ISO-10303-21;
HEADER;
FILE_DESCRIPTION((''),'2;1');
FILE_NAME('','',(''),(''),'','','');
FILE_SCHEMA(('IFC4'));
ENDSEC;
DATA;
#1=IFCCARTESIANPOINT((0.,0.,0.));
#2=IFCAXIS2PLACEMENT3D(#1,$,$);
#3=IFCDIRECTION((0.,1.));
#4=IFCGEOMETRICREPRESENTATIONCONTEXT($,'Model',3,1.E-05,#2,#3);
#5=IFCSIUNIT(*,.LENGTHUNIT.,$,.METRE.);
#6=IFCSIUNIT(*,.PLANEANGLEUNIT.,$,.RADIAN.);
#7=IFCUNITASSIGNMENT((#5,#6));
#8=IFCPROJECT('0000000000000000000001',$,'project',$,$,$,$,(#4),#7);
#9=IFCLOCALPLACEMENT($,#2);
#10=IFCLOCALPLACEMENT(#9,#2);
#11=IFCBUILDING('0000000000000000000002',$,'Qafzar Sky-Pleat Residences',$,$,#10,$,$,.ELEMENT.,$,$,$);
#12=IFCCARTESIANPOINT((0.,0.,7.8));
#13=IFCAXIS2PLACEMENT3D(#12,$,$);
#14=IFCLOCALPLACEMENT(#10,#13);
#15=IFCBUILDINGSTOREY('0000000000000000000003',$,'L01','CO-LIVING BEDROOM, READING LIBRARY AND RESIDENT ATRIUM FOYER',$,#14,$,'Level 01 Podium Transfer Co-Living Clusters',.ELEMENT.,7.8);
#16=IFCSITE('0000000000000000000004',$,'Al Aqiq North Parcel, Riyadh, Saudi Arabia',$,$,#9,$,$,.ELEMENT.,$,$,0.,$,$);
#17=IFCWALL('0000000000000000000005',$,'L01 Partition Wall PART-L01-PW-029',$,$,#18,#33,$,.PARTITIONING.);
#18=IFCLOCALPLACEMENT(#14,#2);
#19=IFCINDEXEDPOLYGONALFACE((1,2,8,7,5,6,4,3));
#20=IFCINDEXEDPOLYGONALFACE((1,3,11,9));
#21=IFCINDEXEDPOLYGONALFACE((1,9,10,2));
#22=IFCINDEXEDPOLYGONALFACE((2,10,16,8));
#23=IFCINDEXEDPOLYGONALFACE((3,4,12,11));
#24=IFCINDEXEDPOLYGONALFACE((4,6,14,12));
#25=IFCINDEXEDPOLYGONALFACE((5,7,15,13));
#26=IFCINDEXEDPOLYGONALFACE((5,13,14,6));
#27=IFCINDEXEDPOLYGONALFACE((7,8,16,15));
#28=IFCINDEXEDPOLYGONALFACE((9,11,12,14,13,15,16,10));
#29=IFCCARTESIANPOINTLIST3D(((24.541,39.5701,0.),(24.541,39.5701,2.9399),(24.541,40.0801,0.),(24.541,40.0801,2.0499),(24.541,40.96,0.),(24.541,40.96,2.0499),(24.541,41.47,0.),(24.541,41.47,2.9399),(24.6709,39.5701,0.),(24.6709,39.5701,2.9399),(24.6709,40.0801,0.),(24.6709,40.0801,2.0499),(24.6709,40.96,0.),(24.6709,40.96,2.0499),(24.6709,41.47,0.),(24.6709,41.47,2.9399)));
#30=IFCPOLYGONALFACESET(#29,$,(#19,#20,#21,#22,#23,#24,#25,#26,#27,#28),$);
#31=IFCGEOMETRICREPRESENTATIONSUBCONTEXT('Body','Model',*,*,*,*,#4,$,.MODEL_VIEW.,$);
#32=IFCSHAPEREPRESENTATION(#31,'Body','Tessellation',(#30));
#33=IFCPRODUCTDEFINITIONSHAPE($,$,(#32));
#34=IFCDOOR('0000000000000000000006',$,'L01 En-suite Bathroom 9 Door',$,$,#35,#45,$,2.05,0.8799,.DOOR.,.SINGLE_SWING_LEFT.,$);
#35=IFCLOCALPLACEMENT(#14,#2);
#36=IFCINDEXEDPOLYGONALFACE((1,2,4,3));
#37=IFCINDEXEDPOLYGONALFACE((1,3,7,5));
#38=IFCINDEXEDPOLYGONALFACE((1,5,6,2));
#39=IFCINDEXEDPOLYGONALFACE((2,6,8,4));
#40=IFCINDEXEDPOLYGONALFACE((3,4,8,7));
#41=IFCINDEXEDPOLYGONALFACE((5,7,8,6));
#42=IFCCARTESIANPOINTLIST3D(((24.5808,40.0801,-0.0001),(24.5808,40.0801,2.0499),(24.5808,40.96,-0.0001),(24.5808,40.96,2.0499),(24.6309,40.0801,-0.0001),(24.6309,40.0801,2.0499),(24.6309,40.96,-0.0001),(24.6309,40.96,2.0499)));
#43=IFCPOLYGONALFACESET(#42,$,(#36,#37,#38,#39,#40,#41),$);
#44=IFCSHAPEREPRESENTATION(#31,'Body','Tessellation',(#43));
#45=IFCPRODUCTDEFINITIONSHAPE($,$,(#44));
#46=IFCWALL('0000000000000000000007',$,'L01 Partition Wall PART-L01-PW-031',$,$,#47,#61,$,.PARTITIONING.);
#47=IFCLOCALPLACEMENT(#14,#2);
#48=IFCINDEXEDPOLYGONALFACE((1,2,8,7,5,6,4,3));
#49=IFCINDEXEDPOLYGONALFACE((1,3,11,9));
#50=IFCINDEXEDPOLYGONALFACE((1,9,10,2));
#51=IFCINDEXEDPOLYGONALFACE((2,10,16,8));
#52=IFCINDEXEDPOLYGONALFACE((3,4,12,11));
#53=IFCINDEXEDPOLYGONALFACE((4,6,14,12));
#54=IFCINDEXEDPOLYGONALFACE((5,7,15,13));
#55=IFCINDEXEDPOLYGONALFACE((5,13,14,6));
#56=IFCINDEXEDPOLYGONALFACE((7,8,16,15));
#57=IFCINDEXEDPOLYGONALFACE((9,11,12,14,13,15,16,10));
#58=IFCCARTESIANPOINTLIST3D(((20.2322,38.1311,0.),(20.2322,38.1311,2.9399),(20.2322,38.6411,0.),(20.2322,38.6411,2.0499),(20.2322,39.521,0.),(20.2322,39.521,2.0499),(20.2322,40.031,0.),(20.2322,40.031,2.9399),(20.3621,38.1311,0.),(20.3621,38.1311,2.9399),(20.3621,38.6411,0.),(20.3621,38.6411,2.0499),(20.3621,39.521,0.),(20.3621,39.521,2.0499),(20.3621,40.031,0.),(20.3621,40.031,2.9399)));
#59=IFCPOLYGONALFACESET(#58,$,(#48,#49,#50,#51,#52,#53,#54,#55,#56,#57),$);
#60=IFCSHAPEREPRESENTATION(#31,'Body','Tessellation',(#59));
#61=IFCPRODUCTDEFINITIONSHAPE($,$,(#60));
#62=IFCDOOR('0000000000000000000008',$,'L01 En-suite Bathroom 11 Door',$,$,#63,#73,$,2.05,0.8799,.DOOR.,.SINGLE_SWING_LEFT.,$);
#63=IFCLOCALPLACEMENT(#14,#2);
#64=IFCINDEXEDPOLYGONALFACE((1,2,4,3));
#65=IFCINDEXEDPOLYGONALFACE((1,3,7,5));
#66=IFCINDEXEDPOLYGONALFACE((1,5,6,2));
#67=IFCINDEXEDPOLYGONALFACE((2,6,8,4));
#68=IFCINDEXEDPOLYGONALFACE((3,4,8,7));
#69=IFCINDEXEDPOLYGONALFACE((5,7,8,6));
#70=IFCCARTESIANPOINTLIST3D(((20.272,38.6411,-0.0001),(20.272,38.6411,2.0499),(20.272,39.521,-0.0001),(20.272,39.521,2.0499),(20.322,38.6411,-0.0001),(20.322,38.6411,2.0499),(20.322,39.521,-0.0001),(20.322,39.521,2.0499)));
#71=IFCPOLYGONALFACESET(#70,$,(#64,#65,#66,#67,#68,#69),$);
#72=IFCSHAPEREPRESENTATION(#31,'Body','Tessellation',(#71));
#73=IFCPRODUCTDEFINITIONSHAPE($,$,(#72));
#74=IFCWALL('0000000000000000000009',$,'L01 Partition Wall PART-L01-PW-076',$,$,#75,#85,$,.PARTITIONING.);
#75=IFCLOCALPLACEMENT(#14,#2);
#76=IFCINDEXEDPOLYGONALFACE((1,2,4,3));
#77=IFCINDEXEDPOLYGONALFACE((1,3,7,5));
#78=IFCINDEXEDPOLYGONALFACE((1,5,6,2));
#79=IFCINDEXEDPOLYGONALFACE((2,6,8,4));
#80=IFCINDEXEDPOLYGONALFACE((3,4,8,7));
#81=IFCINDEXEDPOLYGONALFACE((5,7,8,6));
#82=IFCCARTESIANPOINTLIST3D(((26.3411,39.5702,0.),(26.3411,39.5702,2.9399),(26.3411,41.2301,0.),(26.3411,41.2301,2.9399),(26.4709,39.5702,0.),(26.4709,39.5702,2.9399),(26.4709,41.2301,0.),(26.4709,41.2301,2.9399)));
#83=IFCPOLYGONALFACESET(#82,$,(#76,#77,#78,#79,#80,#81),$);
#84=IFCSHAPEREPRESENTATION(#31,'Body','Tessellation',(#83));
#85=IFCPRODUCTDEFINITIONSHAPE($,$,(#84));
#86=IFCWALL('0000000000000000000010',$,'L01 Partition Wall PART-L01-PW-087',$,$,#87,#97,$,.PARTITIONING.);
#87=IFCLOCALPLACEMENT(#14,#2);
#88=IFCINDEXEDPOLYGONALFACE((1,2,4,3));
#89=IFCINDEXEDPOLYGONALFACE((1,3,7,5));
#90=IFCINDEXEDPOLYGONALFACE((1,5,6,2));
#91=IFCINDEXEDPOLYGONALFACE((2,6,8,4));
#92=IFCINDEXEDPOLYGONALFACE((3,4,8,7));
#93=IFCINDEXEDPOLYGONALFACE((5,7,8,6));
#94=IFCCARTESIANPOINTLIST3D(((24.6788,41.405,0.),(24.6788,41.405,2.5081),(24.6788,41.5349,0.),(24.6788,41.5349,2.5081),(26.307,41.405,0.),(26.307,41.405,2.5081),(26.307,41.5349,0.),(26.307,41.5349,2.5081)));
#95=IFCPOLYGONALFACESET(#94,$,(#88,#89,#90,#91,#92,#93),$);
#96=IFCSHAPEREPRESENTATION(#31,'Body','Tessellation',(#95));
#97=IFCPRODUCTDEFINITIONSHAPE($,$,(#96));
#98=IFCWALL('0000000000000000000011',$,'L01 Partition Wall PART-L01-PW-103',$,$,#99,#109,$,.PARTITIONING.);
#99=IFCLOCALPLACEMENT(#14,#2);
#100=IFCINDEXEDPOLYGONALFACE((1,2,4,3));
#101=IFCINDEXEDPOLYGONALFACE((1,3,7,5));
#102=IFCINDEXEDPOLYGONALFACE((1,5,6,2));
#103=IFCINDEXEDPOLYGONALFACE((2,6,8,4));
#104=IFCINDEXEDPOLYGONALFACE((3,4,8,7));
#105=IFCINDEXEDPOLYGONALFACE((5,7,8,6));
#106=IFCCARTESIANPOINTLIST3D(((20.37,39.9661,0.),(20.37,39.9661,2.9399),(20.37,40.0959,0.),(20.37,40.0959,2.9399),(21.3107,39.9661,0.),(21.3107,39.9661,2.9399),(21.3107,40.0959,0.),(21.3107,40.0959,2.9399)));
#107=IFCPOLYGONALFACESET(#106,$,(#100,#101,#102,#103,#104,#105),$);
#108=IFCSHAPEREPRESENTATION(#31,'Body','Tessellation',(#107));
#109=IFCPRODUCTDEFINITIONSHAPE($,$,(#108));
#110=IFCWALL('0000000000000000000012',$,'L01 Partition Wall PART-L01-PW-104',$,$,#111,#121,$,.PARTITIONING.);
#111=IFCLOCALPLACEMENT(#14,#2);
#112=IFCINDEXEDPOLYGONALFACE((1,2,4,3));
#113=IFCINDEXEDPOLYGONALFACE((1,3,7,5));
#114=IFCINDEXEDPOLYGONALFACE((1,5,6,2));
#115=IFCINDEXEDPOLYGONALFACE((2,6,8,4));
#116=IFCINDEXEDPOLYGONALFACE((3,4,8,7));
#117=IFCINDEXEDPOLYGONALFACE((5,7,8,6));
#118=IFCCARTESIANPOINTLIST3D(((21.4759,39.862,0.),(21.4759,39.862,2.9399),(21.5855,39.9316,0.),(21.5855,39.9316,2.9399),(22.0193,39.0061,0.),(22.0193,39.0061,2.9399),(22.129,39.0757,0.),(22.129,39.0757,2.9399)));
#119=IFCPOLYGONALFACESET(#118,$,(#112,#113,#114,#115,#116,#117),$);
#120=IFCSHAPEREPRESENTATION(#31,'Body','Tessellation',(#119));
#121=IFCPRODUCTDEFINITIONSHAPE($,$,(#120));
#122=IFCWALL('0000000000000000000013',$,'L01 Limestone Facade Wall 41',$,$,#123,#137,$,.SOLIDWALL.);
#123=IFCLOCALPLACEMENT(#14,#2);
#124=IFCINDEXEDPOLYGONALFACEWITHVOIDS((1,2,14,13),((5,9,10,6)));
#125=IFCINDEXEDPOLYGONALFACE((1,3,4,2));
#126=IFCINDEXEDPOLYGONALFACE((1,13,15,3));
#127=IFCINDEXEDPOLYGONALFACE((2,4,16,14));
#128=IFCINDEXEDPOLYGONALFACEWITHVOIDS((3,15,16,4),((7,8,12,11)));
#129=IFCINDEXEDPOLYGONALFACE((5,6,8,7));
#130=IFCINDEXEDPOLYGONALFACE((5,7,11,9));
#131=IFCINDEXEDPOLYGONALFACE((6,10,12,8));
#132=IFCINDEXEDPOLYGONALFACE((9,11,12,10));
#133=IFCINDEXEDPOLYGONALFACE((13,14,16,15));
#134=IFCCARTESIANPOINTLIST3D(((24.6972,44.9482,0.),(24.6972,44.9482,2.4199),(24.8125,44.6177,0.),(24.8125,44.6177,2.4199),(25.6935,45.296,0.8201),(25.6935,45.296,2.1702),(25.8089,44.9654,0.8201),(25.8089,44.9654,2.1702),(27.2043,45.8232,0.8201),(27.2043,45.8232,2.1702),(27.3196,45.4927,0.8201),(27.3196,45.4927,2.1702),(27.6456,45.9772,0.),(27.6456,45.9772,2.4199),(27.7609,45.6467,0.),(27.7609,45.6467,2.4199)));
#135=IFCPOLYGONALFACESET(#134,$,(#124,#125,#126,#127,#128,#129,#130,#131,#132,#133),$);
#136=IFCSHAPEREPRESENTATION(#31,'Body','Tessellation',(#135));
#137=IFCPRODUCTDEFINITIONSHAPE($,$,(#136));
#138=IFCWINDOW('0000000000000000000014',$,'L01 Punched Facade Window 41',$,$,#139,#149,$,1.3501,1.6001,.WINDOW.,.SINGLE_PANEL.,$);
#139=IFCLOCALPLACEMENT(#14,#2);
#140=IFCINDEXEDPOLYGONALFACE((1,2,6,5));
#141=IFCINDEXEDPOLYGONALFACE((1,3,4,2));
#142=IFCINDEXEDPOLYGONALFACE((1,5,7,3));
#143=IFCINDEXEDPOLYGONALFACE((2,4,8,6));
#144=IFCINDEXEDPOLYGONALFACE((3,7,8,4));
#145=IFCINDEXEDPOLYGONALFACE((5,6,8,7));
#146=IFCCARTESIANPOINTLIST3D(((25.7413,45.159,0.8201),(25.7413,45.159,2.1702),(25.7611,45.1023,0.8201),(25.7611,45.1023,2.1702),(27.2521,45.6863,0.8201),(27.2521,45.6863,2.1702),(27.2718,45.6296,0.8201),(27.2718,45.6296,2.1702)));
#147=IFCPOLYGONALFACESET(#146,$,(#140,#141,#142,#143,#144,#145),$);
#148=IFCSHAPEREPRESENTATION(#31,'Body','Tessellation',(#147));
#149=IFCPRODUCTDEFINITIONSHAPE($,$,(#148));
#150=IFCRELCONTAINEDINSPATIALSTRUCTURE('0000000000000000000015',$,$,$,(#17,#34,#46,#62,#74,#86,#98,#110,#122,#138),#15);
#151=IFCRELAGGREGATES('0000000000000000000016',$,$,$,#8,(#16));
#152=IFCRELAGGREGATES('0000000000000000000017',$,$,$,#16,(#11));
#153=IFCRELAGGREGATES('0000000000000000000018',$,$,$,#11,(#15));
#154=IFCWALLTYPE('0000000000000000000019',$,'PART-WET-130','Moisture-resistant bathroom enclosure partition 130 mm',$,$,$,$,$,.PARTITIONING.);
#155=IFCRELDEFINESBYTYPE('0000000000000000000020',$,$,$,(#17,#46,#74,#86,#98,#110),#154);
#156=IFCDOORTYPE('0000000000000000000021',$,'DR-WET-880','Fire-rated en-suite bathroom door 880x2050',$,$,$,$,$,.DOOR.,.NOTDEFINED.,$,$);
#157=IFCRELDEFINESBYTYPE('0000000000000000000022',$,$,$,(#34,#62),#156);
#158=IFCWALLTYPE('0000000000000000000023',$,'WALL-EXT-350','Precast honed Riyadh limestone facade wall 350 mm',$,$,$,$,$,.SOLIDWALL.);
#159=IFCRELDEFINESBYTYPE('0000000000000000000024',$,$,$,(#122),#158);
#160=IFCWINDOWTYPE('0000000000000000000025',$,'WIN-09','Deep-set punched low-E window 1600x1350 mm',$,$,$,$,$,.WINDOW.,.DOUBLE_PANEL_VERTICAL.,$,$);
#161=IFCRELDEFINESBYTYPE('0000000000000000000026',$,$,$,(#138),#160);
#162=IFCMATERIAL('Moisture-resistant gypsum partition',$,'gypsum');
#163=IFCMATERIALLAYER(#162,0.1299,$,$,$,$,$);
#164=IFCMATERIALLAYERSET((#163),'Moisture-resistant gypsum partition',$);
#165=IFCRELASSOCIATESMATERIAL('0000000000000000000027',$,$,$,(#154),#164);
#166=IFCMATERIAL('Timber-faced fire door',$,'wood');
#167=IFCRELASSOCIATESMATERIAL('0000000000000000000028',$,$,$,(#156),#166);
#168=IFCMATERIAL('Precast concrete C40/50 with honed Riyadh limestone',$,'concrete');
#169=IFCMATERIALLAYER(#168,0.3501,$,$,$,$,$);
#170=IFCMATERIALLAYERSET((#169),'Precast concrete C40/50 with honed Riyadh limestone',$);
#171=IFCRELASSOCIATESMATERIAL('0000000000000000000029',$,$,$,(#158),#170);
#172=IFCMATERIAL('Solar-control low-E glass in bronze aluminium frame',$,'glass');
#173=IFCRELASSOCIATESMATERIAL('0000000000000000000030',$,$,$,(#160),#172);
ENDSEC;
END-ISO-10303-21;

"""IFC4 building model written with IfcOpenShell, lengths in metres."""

from ifc_helpers import new_model, si_unit, direction, frame, frame_2d, origin, place, context, subcontext, project, spatial, rectangle, extrude, source, transform, mapped, material, layer, layer_set, type_object, element, fill, save


model = new_model("IFC4")

# Units and contexts
model_context = context("Model", 3, precision=1e-05, world=origin(), true_north=direction((0.0, 1.0)))
body_context = subcontext(model_context, "Body", "Model", "MODEL_VIEW")
ifc_project = project(units=[si_unit("LENGTHUNIT", "METRE"), si_unit("PLANEANGLEUNIT", "RADIAN")], contexts=[model_context])

# Site, building, storey
site_placement = place(None, origin())
site = spatial("IfcSite", under=ifc_project, at=site_placement, Name="Al Aqiq North Parcel, Riyadh, Saudi Arabia", CompositionType="ELEMENT", RefElevation=0.0)
building_placement = place(site_placement, origin())
building = spatial("IfcBuilding", under=site, at=building_placement, Name="Qafzar Sky-Pleat Residences", CompositionType="ELEMENT")
storey_placement = place(building_placement, frame((0.0, 0.0, 7.8)))
storey = spatial("IfcBuildingStorey", under=building, at=storey_placement, Name="L01", Description="CO-LIVING BEDROOM, READING LIBRARY AND RESIDENT ATRIUM FOYER", LongName="Level 01 Podium Transfer Co-Living Clusters", CompositionType="ELEMENT", Elevation=7.8)

# Walls, openings, doors
ifc_material_1 = material(Name="Moisture-resistant gypsum partition", Category="gypsum")
ifc_layer_1 = layer(ifc_material_1, 0.1299)
ifc_layer_set_1 = layer_set([ifc_layer_1], Name="Moisture-resistant gypsum partition")
wall_type_1 = type_object("IfcWallType", Name="PART-WET-130", Description="Moisture-resistant bathroom enclosure partition 130 mm", PredefinedType="PARTITIONING", material=ifc_layer_set_1)
wall_1_placement = place(storey_placement, frame((24.606, 41.47, 0.0), z_axis=(0.0, 0.0, 1.0), x_axis=(0.0, -1.0, 0.0)))
wall_1 = element("IfcWall", 1, at=wall_1_placement, inside=storey, type_object=wall_type_1, Name="L01 Partition Wall PART-L01-PW-029", PredefinedType="PARTITIONING", context=body_context, shape_type="SweptSolid", body=[
    extrude(rectangle(XDim=1.8999, YDim=0.1299, at=frame_2d((0.95, 0.0))), origin(), (0.0, 0.0, 1.0), 2.9399),
])
opening_1_placement = place(wall_1_placement, frame((0.51, 0.0, 0.0)))
opening_1 = element("IfcOpeningElement", 2, at=opening_1_placement, cuts=wall_1, PredefinedType="OPENING", context=body_context, shape_type="SweptSolid", body=[
    extrude(rectangle(XDim=0.8799, YDim=2.05, at=frame_2d((0.4399, 1.0249))), frame((0.0, 0.075, 0.0), z_axis=(0.0, -1.0, 0.0), x_axis=(1.0, 0.0, 0.0)), (0.0, 0.0, 1.0), 0.1499),
])
ifc_material_2 = material(Name="Timber-faced fire door", Category="wood")
door_type = type_object("IfcDoorType", Name="DR-WET-880", Description="Fire-rated en-suite bathroom door 880x2050", OperationType="NOTDEFINED", PredefinedType="DOOR", material=ifc_material_2)
shared_shape_1 = source(origin(), body_context, "Body", "SweptSolid", [
    extrude(rectangle(XDim=0.8799, YDim=2.05, at=frame_2d((0.4399, 1.0249))), frame((0.0, 0.0249, 0.0), z_axis=(0.0, -1.0, 0.0), x_axis=(1.0, 0.0, 0.0)), (0.0, 0.0, 1.0), 0.05),
])
door_1_placement = place(opening_1_placement, origin())
door_1 = element("IfcDoor", 3, at=door_1_placement, inside=storey, type_object=door_type, Name="L01 En-suite Bathroom 9 Door", OperationType="SINGLE_SWING_LEFT", OverallHeight=2.05, OverallWidth=0.8799, PredefinedType="DOOR", context=body_context, shape_type="MappedRepresentation", body=[
    mapped(shared_shape_1, transform((0.0, 0.0, 0.0), x_axis=(1.0, 0.0, 0.0), y_axis=(0.0, 1.0, 0.0), z_axis=(0.0, 0.0, 1.0), scale=1.0)),
])
fill(opening_1, door_1)
wall_2_placement = place(storey_placement, frame((20.2971, 40.031, 0.0), z_axis=(0.0, 0.0, 1.0), x_axis=(0.0, -1.0, 0.0)))
wall_2 = element("IfcWall", 4, at=wall_2_placement, inside=storey, type_object=wall_type_1, Name="L01 Partition Wall PART-L01-PW-031", PredefinedType="PARTITIONING", context=body_context, shape_type="SweptSolid", body=[
    extrude(rectangle(XDim=1.8999, YDim=0.1299, at=frame_2d((0.95, 0.0))), origin(), (0.0, 0.0, 1.0), 2.9399),
])
opening_2_placement = place(wall_2_placement, frame((0.51, 0.0, 0.0)))
opening_2 = element("IfcOpeningElement", 5, at=opening_2_placement, cuts=wall_2, PredefinedType="OPENING", context=body_context, shape_type="SweptSolid", body=[
    extrude(rectangle(XDim=0.8799, YDim=2.05, at=frame_2d((0.4399, 1.0249))), frame((0.0, 0.075, 0.0), z_axis=(0.0, -1.0, 0.0), x_axis=(1.0, 0.0, 0.0)), (0.0, 0.0, 1.0), 0.1499),
])
door_2_placement = place(opening_2_placement, origin())
door_2 = element("IfcDoor", 6, at=door_2_placement, inside=storey, type_object=door_type, Name="L01 En-suite Bathroom 11 Door", OperationType="SINGLE_SWING_LEFT", OverallHeight=2.05, OverallWidth=0.8799, PredefinedType="DOOR", context=body_context, shape_type="MappedRepresentation", body=[
    mapped(shared_shape_1, transform((0.0, 0.0, 0.0), x_axis=(1.0, 0.0, 0.0), y_axis=(0.0, 1.0, 0.0), z_axis=(0.0, 0.0, 1.0), scale=1.0)),
])
fill(opening_2, door_2)

# Walls
wall_3_placement = place(storey_placement, frame((26.406, 39.5701, 0.0), z_axis=(0.0, 0.0, 1.0), x_axis=(0.0, 1.0, 0.0)))
element("IfcWall", 7, at=wall_3_placement, inside=storey, type_object=wall_type_1, Name="L01 Partition Wall PART-L01-PW-076", PredefinedType="PARTITIONING", context=body_context, shape_type="SweptSolid", body=[
    extrude(rectangle(XDim=1.6599, YDim=0.1299, at=frame_2d((0.8301, 0.0))), origin(), (0.0, 0.0, 1.0), 2.9399),
])
wall_4_placement = place(storey_placement, frame((24.679, 41.47, 0.0), z_axis=(0.0, 0.0, 1.0), x_axis=(1.0, 0.0, 0.0)))
element("IfcWall", 8, at=wall_4_placement, inside=storey, type_object=wall_type_1, Name="L01 Partition Wall PART-L01-PW-087", PredefinedType="PARTITIONING", context=body_context, shape_type="SweptSolid", body=[
    extrude(rectangle(XDim=1.6282, YDim=0.1299, at=frame_2d((0.814, 0.0))), origin(), (0.0, 0.0, 1.0), 2.5081),
])
wall_5_placement = place(storey_placement, frame((20.3701, 40.031, 0.0), z_axis=(0.0, 0.0, 1.0), x_axis=(1.0, 0.0, 0.0)))
element("IfcWall", 9, at=wall_5_placement, inside=storey, type_object=wall_type_1, Name="L01 Partition Wall PART-L01-PW-103", PredefinedType="PARTITIONING", context=body_context, shape_type="SweptSolid", body=[
    extrude(rectangle(XDim=0.9407, YDim=0.1299, at=frame_2d((0.4702, 0.0))), origin(), (0.0, 0.0, 1.0), 2.9399),
])
wall_6_placement = place(storey_placement, frame((21.5308, 39.8967, 0.0), z_axis=(0.0, 0.0, 1.0), x_axis=(0.536003, -0.844216, 0.0)))
element("IfcWall", 10, at=wall_6_placement, inside=storey, type_object=wall_type_1, Name="L01 Partition Wall PART-L01-PW-104", PredefinedType="PARTITIONING", context=body_context, shape_type="SweptSolid", body=[
    extrude(rectangle(XDim=1.0139, YDim=0.1299, at=frame_2d((0.5068, 0.0))), origin(), (0.0, 0.0, 1.0), 2.9399),
])

# Wall, opening, window
ifc_material_3 = material(Name="Precast concrete C40/50 with honed Riyadh limestone", Category="concrete")
ifc_layer_2 = layer(ifc_material_3, 0.3501)
ifc_layer_set_2 = layer_set([ifc_layer_2], Name="Precast concrete C40/50 with honed Riyadh limestone")
wall_type_2 = type_object("IfcWallType", Name="WALL-EXT-350", Description="Precast honed Riyadh limestone facade wall 350 mm", PredefinedType="SOLIDWALL", material=ifc_layer_set_2)
wall_7_placement = place(storey_placement, frame((27.7034, 45.812, 0.0), z_axis=(0.0, 0.0, 1.0), x_axis=(-0.944149, -0.329518, 0.0)))
wall_7 = element("IfcWall", 11, at=wall_7_placement, inside=storey, type_object=wall_type_2, Name="L01 Limestone Facade Wall 41", PredefinedType="SOLIDWALL", context=body_context, shape_type="SweptSolid", body=[
    extrude(rectangle(XDim=3.1228, YDim=0.3501, at=frame_2d((1.5615, 0.0))), origin(), (0.0, 0.0, 1.0), 2.4199),
])
opening_3_placement = place(wall_7_placement, frame((0.4675, 0.0, 0.8201)))
opening_3 = element("IfcOpeningElement", 12, at=opening_3_placement, cuts=wall_7, PredefinedType="OPENING", context=body_context, shape_type="SweptSolid", body=[
    extrude(rectangle(XDim=1.6001, YDim=1.3501, at=frame_2d((0.8, 0.675))), frame((0.0, 0.1851, 0.0), z_axis=(0.0, -1.0, 0.0), x_axis=(1.0, 0.0, 0.0)), (0.0, 0.0, 1.0), 0.3701),
])
ifc_material_4 = material(Name="Solar-control low-E glass in bronze aluminium frame", Category="glass")
window_type_1 = type_object("IfcWindowType", Name="WIN-09", Description="Deep-set punched low-E window 1600x1350 mm", PartitioningType="DOUBLE_PANEL_VERTICAL", PredefinedType="WINDOW", material=ifc_material_4)
shared_shape_2 = source(origin(), body_context, "Body", "SweptSolid", [
    extrude(rectangle(XDim=1.6001, YDim=1.3501, at=frame_2d((0.8, 0.675))), frame((0.0, 0.03, 0.0), z_axis=(0.0, -1.0, 0.0), x_axis=(1.0, 0.0, 0.0)), (0.0, 0.0, 1.0), 0.0601),
])
window_1_placement = place(opening_3_placement, origin())
window_1 = element("IfcWindow", 13, at=window_1_placement, inside=storey, type_object=window_type_1, Name="L01 Punched Facade Window 41", OverallHeight=1.3501, OverallWidth=1.6001, PartitioningType="SINGLE_PANEL", PredefinedType="WINDOW", context=body_context, shape_type="MappedRepresentation", body=[
    mapped(shared_shape_2, transform((0.0, 0.0, 0.0), x_axis=(1.0, 0.0, 0.0), y_axis=(0.0, 1.0, 0.0), z_axis=(0.0, 0.0, 1.0), scale=1.0)),
])
fill(opening_3, window_1)

save(model, "model.ifc")
